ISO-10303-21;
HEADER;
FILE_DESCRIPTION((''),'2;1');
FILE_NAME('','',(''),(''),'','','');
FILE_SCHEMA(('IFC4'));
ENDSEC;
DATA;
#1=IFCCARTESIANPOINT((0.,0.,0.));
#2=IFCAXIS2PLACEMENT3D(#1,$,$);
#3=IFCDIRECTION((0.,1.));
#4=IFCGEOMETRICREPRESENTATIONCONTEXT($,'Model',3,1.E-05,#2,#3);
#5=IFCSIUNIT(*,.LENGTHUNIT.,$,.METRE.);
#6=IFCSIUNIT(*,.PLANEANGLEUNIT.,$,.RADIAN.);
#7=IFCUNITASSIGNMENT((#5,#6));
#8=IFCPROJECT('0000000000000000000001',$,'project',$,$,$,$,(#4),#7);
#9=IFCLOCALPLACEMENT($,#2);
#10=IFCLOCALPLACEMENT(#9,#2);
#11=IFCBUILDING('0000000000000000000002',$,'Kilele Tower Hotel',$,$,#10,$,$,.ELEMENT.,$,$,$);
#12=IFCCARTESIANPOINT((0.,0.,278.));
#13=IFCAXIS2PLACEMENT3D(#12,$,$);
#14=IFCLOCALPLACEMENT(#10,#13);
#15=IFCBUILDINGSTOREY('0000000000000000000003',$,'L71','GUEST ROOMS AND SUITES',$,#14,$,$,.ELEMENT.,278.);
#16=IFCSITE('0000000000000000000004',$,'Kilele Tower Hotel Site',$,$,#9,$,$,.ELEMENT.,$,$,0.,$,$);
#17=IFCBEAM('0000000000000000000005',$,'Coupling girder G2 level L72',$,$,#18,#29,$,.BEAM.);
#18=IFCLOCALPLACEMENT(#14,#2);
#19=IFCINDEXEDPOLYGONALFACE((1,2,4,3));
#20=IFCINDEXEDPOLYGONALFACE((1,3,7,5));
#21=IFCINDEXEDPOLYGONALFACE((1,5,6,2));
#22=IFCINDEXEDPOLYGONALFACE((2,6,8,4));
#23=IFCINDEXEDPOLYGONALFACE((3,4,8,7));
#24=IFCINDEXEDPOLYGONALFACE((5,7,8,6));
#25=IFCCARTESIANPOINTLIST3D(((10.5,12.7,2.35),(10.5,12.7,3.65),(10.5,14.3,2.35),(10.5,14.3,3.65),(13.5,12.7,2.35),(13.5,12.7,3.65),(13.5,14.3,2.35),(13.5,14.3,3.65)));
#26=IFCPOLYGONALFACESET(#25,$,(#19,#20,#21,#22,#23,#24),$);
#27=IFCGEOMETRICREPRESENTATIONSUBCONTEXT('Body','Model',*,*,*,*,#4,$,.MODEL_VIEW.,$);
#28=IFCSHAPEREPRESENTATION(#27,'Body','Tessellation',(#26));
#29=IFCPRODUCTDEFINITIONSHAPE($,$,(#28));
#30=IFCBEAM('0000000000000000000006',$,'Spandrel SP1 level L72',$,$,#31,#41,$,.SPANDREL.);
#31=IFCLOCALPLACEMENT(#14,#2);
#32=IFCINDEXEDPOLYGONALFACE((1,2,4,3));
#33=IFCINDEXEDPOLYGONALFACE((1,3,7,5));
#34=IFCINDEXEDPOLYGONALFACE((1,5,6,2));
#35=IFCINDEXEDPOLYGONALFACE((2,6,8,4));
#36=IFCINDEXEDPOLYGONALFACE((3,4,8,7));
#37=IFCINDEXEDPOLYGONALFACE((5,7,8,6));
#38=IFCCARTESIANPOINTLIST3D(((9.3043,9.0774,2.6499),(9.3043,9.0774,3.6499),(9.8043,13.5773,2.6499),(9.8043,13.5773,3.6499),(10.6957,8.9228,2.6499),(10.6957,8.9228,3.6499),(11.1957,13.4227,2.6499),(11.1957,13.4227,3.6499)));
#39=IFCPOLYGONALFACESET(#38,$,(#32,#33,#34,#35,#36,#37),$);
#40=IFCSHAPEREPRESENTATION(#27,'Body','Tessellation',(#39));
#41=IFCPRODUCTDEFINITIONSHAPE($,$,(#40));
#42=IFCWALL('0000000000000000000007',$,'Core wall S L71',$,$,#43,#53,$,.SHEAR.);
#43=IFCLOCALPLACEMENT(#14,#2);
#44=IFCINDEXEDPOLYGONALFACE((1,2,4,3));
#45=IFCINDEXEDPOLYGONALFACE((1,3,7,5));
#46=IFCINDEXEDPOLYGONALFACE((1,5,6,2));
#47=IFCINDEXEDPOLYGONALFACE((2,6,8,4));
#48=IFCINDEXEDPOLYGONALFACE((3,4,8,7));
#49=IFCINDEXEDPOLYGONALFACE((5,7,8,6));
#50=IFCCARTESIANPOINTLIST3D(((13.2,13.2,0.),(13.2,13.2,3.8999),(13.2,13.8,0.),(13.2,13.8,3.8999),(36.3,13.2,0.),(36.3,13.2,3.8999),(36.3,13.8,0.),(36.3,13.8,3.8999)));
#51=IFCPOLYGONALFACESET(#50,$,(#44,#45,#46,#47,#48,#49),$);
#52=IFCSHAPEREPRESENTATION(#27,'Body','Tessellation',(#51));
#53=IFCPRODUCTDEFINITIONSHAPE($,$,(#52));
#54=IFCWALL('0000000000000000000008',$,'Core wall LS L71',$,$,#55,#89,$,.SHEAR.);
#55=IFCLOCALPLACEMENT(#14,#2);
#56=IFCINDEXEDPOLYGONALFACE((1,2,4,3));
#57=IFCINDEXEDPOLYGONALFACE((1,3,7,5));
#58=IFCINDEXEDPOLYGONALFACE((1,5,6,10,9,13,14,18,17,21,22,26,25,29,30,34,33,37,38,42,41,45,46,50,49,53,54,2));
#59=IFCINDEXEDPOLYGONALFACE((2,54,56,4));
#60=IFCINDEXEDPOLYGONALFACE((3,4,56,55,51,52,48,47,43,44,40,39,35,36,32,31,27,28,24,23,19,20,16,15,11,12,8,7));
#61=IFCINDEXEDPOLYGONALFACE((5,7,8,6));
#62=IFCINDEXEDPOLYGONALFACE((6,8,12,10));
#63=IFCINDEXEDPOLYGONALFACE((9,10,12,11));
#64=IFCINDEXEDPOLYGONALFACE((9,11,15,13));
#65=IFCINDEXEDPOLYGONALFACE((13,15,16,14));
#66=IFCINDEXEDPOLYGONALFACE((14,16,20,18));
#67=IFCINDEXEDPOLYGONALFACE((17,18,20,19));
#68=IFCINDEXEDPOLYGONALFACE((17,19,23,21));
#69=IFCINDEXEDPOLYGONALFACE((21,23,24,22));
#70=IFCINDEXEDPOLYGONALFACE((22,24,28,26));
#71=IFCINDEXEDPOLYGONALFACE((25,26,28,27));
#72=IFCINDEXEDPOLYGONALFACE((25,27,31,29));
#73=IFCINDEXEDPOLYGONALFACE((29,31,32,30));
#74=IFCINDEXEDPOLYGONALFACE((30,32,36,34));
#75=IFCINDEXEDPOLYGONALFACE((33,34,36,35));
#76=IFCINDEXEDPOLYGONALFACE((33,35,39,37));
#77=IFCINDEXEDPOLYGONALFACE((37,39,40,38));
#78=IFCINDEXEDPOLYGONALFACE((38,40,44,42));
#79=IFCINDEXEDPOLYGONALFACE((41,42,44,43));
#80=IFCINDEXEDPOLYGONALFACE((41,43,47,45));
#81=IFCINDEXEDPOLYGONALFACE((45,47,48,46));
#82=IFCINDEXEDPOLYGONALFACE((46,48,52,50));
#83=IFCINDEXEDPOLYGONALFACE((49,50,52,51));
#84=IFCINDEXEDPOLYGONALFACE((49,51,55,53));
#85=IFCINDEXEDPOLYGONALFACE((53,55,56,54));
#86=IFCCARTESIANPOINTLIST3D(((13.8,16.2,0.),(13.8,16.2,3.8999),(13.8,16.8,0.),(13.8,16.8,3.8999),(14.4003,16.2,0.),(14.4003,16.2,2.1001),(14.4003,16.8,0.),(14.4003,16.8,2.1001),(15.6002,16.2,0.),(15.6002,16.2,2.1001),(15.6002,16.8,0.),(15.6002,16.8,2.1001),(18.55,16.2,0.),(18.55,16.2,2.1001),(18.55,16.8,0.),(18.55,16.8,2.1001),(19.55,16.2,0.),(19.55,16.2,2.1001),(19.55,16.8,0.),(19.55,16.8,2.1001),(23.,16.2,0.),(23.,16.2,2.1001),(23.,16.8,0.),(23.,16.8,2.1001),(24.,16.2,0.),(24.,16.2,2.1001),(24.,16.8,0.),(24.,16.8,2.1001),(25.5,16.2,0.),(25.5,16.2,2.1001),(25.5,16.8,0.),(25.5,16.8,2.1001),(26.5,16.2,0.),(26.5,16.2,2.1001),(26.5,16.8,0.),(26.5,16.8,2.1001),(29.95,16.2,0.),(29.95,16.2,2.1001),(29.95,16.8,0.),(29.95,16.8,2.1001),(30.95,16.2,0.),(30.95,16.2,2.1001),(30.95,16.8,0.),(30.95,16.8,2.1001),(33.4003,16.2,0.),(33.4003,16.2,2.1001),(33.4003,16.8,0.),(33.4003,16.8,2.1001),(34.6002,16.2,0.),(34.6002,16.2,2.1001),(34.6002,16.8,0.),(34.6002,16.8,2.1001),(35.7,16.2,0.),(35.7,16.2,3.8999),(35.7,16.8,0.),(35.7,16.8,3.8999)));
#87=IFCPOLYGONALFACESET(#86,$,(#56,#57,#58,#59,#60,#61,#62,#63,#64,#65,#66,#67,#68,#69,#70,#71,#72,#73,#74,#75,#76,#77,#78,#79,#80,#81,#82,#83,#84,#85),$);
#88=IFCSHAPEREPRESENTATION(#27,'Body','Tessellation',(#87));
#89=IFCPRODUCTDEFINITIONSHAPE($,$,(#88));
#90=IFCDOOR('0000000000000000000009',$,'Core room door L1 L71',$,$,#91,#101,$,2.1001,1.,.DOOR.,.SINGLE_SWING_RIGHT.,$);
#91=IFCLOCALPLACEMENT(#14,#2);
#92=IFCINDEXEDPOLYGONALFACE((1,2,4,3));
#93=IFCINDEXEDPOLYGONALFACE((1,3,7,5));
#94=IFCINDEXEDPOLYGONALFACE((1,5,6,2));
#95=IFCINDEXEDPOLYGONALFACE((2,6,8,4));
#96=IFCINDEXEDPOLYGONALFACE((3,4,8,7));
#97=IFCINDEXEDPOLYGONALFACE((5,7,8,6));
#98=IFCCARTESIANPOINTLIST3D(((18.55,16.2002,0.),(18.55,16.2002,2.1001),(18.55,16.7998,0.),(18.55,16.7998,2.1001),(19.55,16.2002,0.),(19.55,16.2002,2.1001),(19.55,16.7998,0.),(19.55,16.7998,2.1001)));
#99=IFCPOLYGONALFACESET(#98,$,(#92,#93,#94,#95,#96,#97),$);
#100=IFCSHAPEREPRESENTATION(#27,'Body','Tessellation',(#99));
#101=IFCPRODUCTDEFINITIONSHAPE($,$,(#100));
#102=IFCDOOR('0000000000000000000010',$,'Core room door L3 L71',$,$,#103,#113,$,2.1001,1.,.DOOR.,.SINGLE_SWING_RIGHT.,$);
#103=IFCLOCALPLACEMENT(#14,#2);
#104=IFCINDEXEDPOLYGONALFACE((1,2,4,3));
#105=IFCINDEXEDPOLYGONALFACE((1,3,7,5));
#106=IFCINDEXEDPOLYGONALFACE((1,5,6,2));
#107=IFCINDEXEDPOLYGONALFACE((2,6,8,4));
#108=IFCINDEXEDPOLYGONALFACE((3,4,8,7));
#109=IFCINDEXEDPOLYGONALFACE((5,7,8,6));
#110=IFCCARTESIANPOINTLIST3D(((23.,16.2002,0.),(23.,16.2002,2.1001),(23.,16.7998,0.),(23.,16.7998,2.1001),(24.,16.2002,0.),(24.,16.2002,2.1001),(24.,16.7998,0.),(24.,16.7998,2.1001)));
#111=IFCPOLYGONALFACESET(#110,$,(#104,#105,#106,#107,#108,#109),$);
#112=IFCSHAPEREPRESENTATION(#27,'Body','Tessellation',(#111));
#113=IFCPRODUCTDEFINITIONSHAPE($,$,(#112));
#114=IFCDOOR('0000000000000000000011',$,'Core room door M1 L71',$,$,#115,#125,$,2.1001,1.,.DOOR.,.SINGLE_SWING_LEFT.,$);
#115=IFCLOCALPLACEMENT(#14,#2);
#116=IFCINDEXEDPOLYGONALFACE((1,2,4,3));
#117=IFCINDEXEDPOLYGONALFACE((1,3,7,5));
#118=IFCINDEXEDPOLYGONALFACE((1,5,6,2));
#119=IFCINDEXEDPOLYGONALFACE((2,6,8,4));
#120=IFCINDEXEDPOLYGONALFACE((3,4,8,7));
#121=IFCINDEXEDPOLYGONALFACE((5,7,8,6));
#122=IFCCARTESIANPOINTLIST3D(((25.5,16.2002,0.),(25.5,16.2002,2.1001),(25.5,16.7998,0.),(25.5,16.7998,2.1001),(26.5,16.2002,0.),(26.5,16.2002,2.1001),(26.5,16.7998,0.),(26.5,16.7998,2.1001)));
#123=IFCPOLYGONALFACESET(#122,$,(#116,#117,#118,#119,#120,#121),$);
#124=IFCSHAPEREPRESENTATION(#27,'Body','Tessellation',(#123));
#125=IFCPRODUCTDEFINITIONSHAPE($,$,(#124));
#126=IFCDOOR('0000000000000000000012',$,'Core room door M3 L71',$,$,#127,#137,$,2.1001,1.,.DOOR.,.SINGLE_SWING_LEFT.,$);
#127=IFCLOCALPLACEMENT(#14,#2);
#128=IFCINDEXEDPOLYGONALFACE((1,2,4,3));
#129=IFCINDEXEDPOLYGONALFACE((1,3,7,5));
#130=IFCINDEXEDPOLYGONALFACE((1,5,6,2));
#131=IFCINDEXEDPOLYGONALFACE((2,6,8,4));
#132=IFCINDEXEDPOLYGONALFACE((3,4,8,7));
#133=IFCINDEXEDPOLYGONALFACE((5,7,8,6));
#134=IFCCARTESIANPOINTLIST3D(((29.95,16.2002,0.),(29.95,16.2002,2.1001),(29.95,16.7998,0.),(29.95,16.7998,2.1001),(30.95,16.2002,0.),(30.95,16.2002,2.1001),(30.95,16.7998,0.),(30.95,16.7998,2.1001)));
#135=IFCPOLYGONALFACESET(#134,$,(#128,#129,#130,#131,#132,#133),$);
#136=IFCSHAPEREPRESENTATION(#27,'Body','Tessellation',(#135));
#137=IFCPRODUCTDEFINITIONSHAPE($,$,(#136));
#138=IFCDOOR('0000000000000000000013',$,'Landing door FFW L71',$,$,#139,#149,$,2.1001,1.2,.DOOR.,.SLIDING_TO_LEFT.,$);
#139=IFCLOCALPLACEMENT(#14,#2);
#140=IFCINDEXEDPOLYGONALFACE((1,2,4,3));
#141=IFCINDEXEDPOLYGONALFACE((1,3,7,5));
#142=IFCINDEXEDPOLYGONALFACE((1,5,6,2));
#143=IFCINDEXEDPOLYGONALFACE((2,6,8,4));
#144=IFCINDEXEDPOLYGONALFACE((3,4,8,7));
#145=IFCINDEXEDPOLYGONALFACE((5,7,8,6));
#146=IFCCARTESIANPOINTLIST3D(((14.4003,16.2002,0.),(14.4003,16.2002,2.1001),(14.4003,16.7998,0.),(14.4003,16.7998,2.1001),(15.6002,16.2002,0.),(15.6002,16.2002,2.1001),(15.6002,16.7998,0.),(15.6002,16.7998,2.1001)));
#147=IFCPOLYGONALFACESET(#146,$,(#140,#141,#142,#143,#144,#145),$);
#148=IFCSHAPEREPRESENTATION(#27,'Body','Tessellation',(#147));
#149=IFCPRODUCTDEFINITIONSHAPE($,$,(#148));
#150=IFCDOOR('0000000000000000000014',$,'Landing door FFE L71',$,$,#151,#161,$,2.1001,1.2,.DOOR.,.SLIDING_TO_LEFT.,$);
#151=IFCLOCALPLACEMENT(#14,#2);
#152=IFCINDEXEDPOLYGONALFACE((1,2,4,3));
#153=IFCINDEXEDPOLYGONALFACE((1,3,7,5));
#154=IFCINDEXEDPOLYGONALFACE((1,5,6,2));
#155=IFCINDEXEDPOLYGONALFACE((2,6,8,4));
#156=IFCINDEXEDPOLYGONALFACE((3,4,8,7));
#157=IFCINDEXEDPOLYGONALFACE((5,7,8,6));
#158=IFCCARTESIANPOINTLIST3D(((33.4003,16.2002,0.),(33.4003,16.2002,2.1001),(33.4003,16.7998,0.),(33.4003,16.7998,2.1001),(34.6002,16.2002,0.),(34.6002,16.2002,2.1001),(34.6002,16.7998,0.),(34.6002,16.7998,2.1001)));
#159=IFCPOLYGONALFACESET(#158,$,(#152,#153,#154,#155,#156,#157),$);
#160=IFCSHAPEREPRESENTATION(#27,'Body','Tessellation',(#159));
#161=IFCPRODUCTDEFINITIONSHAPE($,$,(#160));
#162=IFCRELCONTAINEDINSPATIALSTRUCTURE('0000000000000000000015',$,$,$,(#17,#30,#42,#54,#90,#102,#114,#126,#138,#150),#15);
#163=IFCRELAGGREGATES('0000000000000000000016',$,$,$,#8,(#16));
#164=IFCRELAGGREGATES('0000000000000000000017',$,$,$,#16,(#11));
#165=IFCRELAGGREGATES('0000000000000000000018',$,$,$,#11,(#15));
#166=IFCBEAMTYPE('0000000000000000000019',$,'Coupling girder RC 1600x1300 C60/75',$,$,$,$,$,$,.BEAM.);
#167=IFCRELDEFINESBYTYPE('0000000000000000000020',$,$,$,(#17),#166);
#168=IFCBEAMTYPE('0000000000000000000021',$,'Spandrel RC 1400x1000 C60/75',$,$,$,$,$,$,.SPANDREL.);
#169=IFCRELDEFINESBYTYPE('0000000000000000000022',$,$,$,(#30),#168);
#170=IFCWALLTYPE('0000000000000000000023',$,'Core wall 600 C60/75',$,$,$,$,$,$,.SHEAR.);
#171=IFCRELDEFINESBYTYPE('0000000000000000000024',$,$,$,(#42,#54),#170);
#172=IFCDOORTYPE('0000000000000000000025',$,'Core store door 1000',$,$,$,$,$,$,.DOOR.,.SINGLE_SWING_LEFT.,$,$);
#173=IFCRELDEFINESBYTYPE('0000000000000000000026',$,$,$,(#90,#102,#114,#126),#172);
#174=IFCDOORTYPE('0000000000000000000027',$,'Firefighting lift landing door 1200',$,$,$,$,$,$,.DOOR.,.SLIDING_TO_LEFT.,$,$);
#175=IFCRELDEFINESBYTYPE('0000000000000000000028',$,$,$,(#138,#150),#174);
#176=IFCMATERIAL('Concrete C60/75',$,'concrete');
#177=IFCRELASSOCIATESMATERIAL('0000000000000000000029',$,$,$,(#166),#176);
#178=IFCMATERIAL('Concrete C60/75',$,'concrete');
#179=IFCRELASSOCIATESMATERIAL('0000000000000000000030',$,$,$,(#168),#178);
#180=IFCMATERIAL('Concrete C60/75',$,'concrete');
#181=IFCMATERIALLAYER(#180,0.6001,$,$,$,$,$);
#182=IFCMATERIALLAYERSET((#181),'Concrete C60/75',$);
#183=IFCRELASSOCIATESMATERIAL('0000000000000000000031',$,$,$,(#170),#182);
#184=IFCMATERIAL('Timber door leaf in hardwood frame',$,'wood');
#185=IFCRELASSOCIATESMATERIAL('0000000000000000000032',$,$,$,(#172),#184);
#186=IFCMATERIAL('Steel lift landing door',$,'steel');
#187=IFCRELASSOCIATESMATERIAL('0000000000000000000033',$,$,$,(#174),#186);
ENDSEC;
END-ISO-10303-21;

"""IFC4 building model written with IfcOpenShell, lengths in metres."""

from ifc_helpers import new_model, si_unit, direction, frame, frame_2d, origin, origin_2d, place, context, subcontext, project, spatial, rectangle, extrude, material, layer, layer_set, material_profile, profile_set, type_object, element, fill, save


model = new_model("IFC4")

# Units and contexts
model_context = context("Model", 3, precision=1e-05, world=origin(), true_north=direction((0.0, 1.0)))
body_context = subcontext(model_context, "Body", "Model", "MODEL_VIEW")
ifc_project = project(units=[si_unit("LENGTHUNIT", "METRE"), si_unit("PLANEANGLEUNIT", "RADIAN")], contexts=[model_context])

# Site, building, storey
site_placement = place(None, origin())
site = spatial("IfcSite", under=ifc_project, at=site_placement, Name="Kilele Tower Hotel Site", CompositionType="ELEMENT", RefElevation=0.0)
building_placement = place(site_placement, origin())
building = spatial("IfcBuilding", under=site, at=building_placement, Name="Kilele Tower Hotel", CompositionType="ELEMENT")
storey_placement = place(building_placement, frame((0.0, 0.0, 278.0)))
storey = spatial("IfcBuildingStorey", under=building, at=storey_placement, Name="L71", Description="GUEST ROOMS AND SUITES", CompositionType="ELEMENT", Elevation=278.0)

# Beams
ifc_material_1 = material(Name="Concrete C60/75", Category="concrete")
ifc_material_profile_1 = material_profile(ifc_material_1, rectangle(XDim=1.6001, YDim=1.3, at=origin_2d()))
ifc_profile_set_1 = profile_set([ifc_material_profile_1], Name="Concrete C60/75")
beam_type_1 = type_object("IfcBeamType", Name="Coupling girder RC 1600x1300 C60/75", PredefinedType="BEAM", material=ifc_profile_set_1)
beam_1_placement = place(storey_placement, frame((10.5, 13.5, 3.0), z_axis=(1.0, 0.0, 0.0), x_axis=(0.0, 1.0, 0.0)))
element("IfcBeam", 1, at=beam_1_placement, inside=storey, type_object=beam_type_1, Name="Coupling girder G2 level L72", PredefinedType="BEAM", context=body_context, shape_type="SweptSolid", body=[
    extrude(rectangle(XDim=1.6001, YDim=1.3, at=origin_2d()), origin(), (0.0, 0.0, 1.0), 3.0),
])
ifc_material_2 = material(Name="Concrete C60/75", Category="concrete")
ifc_material_profile_2 = material_profile(ifc_material_2, rectangle(XDim=1.3999, YDim=1.0, at=origin_2d()))
ifc_profile_set_2 = profile_set([ifc_material_profile_2], Name="Concrete C60/75")
beam_type_2 = type_object("IfcBeamType", Name="Spandrel RC 1400x1000 C60/75", PredefinedType="SPANDREL", material=ifc_profile_set_2)
beam_2_placement = place(storey_placement, frame((10.5, 13.5, 3.1499), z_axis=(-0.110432, -0.993884, 0.0), x_axis=(0.993884, -0.110432, 0.0)))
element("IfcBeam", 2, at=beam_2_placement, inside=storey, type_object=beam_type_2, Name="Spandrel SP1 level L72", PredefinedType="SPANDREL", context=body_context, shape_type="SweptSolid", body=[
    extrude(rectangle(XDim=1.3999, YDim=1.0, at=origin_2d()), origin(), (0.0, 0.0, 1.0), 4.5276),
])

# Wall
ifc_material_3 = material(Name="Concrete C60/75", Category="concrete")
ifc_layer = layer(ifc_material_3, 0.6001)
ifc_layer_set = layer_set([ifc_layer], Name="Concrete C60/75")
wall_type = type_object("IfcWallType", Name="Core wall 600 C60/75", PredefinedType="SHEAR", material=ifc_layer_set)
wall_1_placement = place(storey_placement, frame((13.2, 13.5, 0.0), z_axis=(0.0, 0.0, 1.0), x_axis=(1.0, 0.0, 0.0)))
element("IfcWall", 3, at=wall_1_placement, inside=storey, type_object=wall_type, Name="Core wall S L71", PredefinedType="SHEAR", context=body_context, shape_type="SweptSolid", body=[
    extrude(rectangle(XDim=23.1001, YDim=0.6001, at=frame_2d((11.55, 0.0))), origin(), (0.0, 0.0, 1.0), 3.8999),
])

# Wall, openings, doors
wall_2_placement = place(storey_placement, frame((13.8, 16.5, 0.0), z_axis=(0.0, 0.0, 1.0), x_axis=(1.0, 0.0, 0.0)))
wall_2 = element("IfcWall", 4, at=wall_2_placement, inside=storey, type_object=wall_type, Name="Core wall LS L71", PredefinedType="SHEAR", context=body_context, shape_type="SweptSolid", body=[
    extrude(rectangle(XDim=21.8999, YDim=0.6001, at=frame_2d((10.95, 0.0))), origin(), (0.0, 0.0, 1.0), 3.8999),
])
opening_1_placement = place(wall_2_placement, frame((5.75, 0.0, 0.0), z_axis=(0.0, 0.0, 1.0), x_axis=(-1.0, 0.0, 0.0)))
opening_1 = element("IfcOpeningElement", 5, at=opening_1_placement, cuts=wall_2, PredefinedType="OPENING", context=body_context, shape_type="SweptSolid", body=[
    extrude(rectangle(XDim=1.0, YDim=2.1001, at=frame_2d((0.5, 1.05))), frame((0.0, 0.3101, 0.0), z_axis=(0.0, -1.0, 0.0), x_axis=(1.0, 0.0, 0.0)), (0.0, 0.0, 1.0), 0.6201),
])
opening_2_placement = place(wall_2_placement, frame((10.2, 0.0, 0.0), z_axis=(0.0, 0.0, 1.0), x_axis=(-1.0, 0.0, 0.0)))
opening_2 = element("IfcOpeningElement", 6, at=opening_2_placement, cuts=wall_2, PredefinedType="OPENING", context=body_context, shape_type="SweptSolid", body=[
    extrude(rectangle(XDim=1.0, YDim=2.1001, at=frame_2d((0.5, 1.05))), frame((0.0, 0.3101, 0.0), z_axis=(0.0, -1.0, 0.0), x_axis=(1.0, 0.0, 0.0)), (0.0, 0.0, 1.0), 0.6201),
])
opening_3_placement = place(wall_2_placement, frame((12.7, 0.0, 0.0), z_axis=(0.0, 0.0, 1.0), x_axis=(-1.0, 0.0, 0.0)))
opening_3 = element("IfcOpeningElement", 7, at=opening_3_placement, cuts=wall_2, PredefinedType="OPENING", context=body_context, shape_type="SweptSolid", body=[
    extrude(rectangle(XDim=1.0, YDim=2.1001, at=frame_2d((0.5, 1.05))), frame((0.0, 0.3101, 0.0), z_axis=(0.0, -1.0, 0.0), x_axis=(1.0, 0.0, 0.0)), (0.0, 0.0, 1.0), 0.6201),
])
opening_4_placement = place(wall_2_placement, frame((17.1499, 0.0, 0.0), z_axis=(0.0, 0.0, 1.0), x_axis=(-1.0, 0.0, 0.0)))
opening_4 = element("IfcOpeningElement", 8, at=opening_4_placement, cuts=wall_2, PredefinedType="OPENING", context=body_context, shape_type="SweptSolid", body=[
    extrude(rectangle(XDim=1.0, YDim=2.1001, at=frame_2d((0.5, 1.05))), frame((0.0, 0.3101, 0.0), z_axis=(0.0, -1.0, 0.0), x_axis=(1.0, 0.0, 0.0)), (0.0, 0.0, 1.0), 0.6201),
])
opening_5_placement = place(wall_2_placement, frame((0.6001, 0.0, 0.0)))
opening_5 = element("IfcOpeningElement", 9, at=opening_5_placement, cuts=wall_2, PredefinedType="OPENING", context=body_context, shape_type="SweptSolid", body=[
    extrude(rectangle(XDim=1.2, YDim=2.1001, at=frame_2d((0.6001, 1.05))), frame((0.0, 0.3101, 0.0), z_axis=(0.0, -1.0, 0.0), x_axis=(1.0, 0.0, 0.0)), (0.0, 0.0, 1.0), 0.6201),
])
opening_6_placement = place(wall_2_placement, frame((19.6001, 0.0, 0.0)))
opening_6 = element("IfcOpeningElement", 10, at=opening_6_placement, cuts=wall_2, PredefinedType="OPENING", context=body_context, shape_type="SweptSolid", body=[
    extrude(rectangle(XDim=1.2, YDim=2.1001, at=frame_2d((0.6001, 1.05))), frame((0.0, 0.3101, 0.0), z_axis=(0.0, -1.0, 0.0), x_axis=(1.0, 0.0, 0.0)), (0.0, 0.0, 1.0), 0.6201),
])
ifc_material_4 = material(Name="Timber door leaf in hardwood frame", Category="wood")
door_type_1 = type_object("IfcDoorType", Name="Core store door 1000", OperationType="SINGLE_SWING_LEFT", PredefinedType="DOOR", material=ifc_material_4)
door_1_placement = place(opening_1_placement, origin())
door_1 = element("IfcDoor", 11, at=door_1_placement, inside=storey, type_object=door_type_1, Name="Core room door L1 L71", OperationType="SINGLE_SWING_RIGHT", OverallHeight=2.1001, OverallWidth=1.0, PredefinedType="DOOR", context=body_context, shape_type="SweptSolid", body=[
    extrude(rectangle(XDim=1.0, YDim=2.1001, at=frame_2d((0.5, 1.05))), frame((0.0, 0.2998, 0.0), z_axis=(0.0, -1.0, 0.0), x_axis=(1.0, 0.0, 0.0)), (0.0, 0.0, 1.0), 0.5996),
])
fill(opening_1, door_1)
door_2_placement = place(opening_2_placement, origin())
door_2 = element("IfcDoor", 12, at=door_2_placement, inside=storey, type_object=door_type_1, Name="Core room door L3 L71", OperationType="SINGLE_SWING_RIGHT", OverallHeight=2.1001, OverallWidth=1.0, PredefinedType="DOOR", context=body_context, shape_type="SweptSolid", body=[
    extrude(rectangle(XDim=1.0, YDim=2.1001, at=frame_2d((0.5, 1.05))), frame((0.0, 0.2998, 0.0), z_axis=(0.0, -1.0, 0.0), x_axis=(1.0, 0.0, 0.0)), (0.0, 0.0, 1.0), 0.5996),
])
fill(opening_2, door_2)
door_3_placement = place(opening_3_placement, origin())
door_3 = element("IfcDoor", 13, at=door_3_placement, inside=storey, type_object=door_type_1, Name="Core room door M1 L71", OperationType="SINGLE_SWING_LEFT", OverallHeight=2.1001, OverallWidth=1.0, PredefinedType="DOOR", context=body_context, shape_type="SweptSolid", body=[
    extrude(rectangle(XDim=1.0, YDim=2.1001, at=frame_2d((0.5, 1.05))), frame((0.0, 0.2998, 0.0), z_axis=(0.0, -1.0, 0.0), x_axis=(1.0, 0.0, 0.0)), (0.0, 0.0, 1.0), 0.5996),
])
fill(opening_3, door_3)
door_4_placement = place(opening_4_placement, origin())
door_4 = element("IfcDoor", 14, at=door_4_placement, inside=storey, type_object=door_type_1, Name="Core room door M3 L71", OperationType="SINGLE_SWING_LEFT", OverallHeight=2.1001, OverallWidth=1.0, PredefinedType="DOOR", context=body_context, shape_type="SweptSolid", body=[
    extrude(rectangle(XDim=1.0, YDim=2.1001, at=frame_2d((0.5, 1.05))), frame((0.0, 0.2998, 0.0), z_axis=(0.0, -1.0, 0.0), x_axis=(1.0, 0.0, 0.0)), (0.0, 0.0, 1.0), 0.5996),
])
fill(opening_4, door_4)
ifc_material_5 = material(Name="Steel lift landing door", Category="steel")
door_type_2 = type_object("IfcDoorType", Name="Firefighting lift landing door 1200", OperationType="SLIDING_TO_LEFT", PredefinedType="DOOR", material=ifc_material_5)
door_5_placement = place(opening_5_placement, origin())
door_5 = element("IfcDoor", 15, at=door_5_placement, inside=storey, type_object=door_type_2, Name="Landing door FFW L71", OperationType="SLIDING_TO_LEFT", OverallHeight=2.1001, OverallWidth=1.2, PredefinedType="DOOR", context=body_context, shape_type="SweptSolid", body=[
    extrude(rectangle(XDim=1.2, YDim=2.1001, at=frame_2d((0.6001, 1.05))), frame((0.0, 0.2998, 0.0), z_axis=(0.0, -1.0, 0.0), x_axis=(1.0, 0.0, 0.0)), (0.0, 0.0, 1.0), 0.5996),
])
fill(opening_5, door_5)
door_6_placement = place(opening_6_placement, origin())
door_6 = element("IfcDoor", 16, at=door_6_placement, inside=storey, type_object=door_type_2, Name="Landing door FFE L71", OperationType="SLIDING_TO_LEFT", OverallHeight=2.1001, OverallWidth=1.2, PredefinedType="DOOR", context=body_context, shape_type="SweptSolid", body=[
    extrude(rectangle(XDim=1.2, YDim=2.1001, at=frame_2d((0.6001, 1.05))), frame((0.0, 0.2998, 0.0), z_axis=(0.0, -1.0, 0.0), x_axis=(1.0, 0.0, 0.0)), (0.0, 0.0, 1.0), 0.5996),
])
fill(opening_6, door_6)

save(model, "model.ifc")
